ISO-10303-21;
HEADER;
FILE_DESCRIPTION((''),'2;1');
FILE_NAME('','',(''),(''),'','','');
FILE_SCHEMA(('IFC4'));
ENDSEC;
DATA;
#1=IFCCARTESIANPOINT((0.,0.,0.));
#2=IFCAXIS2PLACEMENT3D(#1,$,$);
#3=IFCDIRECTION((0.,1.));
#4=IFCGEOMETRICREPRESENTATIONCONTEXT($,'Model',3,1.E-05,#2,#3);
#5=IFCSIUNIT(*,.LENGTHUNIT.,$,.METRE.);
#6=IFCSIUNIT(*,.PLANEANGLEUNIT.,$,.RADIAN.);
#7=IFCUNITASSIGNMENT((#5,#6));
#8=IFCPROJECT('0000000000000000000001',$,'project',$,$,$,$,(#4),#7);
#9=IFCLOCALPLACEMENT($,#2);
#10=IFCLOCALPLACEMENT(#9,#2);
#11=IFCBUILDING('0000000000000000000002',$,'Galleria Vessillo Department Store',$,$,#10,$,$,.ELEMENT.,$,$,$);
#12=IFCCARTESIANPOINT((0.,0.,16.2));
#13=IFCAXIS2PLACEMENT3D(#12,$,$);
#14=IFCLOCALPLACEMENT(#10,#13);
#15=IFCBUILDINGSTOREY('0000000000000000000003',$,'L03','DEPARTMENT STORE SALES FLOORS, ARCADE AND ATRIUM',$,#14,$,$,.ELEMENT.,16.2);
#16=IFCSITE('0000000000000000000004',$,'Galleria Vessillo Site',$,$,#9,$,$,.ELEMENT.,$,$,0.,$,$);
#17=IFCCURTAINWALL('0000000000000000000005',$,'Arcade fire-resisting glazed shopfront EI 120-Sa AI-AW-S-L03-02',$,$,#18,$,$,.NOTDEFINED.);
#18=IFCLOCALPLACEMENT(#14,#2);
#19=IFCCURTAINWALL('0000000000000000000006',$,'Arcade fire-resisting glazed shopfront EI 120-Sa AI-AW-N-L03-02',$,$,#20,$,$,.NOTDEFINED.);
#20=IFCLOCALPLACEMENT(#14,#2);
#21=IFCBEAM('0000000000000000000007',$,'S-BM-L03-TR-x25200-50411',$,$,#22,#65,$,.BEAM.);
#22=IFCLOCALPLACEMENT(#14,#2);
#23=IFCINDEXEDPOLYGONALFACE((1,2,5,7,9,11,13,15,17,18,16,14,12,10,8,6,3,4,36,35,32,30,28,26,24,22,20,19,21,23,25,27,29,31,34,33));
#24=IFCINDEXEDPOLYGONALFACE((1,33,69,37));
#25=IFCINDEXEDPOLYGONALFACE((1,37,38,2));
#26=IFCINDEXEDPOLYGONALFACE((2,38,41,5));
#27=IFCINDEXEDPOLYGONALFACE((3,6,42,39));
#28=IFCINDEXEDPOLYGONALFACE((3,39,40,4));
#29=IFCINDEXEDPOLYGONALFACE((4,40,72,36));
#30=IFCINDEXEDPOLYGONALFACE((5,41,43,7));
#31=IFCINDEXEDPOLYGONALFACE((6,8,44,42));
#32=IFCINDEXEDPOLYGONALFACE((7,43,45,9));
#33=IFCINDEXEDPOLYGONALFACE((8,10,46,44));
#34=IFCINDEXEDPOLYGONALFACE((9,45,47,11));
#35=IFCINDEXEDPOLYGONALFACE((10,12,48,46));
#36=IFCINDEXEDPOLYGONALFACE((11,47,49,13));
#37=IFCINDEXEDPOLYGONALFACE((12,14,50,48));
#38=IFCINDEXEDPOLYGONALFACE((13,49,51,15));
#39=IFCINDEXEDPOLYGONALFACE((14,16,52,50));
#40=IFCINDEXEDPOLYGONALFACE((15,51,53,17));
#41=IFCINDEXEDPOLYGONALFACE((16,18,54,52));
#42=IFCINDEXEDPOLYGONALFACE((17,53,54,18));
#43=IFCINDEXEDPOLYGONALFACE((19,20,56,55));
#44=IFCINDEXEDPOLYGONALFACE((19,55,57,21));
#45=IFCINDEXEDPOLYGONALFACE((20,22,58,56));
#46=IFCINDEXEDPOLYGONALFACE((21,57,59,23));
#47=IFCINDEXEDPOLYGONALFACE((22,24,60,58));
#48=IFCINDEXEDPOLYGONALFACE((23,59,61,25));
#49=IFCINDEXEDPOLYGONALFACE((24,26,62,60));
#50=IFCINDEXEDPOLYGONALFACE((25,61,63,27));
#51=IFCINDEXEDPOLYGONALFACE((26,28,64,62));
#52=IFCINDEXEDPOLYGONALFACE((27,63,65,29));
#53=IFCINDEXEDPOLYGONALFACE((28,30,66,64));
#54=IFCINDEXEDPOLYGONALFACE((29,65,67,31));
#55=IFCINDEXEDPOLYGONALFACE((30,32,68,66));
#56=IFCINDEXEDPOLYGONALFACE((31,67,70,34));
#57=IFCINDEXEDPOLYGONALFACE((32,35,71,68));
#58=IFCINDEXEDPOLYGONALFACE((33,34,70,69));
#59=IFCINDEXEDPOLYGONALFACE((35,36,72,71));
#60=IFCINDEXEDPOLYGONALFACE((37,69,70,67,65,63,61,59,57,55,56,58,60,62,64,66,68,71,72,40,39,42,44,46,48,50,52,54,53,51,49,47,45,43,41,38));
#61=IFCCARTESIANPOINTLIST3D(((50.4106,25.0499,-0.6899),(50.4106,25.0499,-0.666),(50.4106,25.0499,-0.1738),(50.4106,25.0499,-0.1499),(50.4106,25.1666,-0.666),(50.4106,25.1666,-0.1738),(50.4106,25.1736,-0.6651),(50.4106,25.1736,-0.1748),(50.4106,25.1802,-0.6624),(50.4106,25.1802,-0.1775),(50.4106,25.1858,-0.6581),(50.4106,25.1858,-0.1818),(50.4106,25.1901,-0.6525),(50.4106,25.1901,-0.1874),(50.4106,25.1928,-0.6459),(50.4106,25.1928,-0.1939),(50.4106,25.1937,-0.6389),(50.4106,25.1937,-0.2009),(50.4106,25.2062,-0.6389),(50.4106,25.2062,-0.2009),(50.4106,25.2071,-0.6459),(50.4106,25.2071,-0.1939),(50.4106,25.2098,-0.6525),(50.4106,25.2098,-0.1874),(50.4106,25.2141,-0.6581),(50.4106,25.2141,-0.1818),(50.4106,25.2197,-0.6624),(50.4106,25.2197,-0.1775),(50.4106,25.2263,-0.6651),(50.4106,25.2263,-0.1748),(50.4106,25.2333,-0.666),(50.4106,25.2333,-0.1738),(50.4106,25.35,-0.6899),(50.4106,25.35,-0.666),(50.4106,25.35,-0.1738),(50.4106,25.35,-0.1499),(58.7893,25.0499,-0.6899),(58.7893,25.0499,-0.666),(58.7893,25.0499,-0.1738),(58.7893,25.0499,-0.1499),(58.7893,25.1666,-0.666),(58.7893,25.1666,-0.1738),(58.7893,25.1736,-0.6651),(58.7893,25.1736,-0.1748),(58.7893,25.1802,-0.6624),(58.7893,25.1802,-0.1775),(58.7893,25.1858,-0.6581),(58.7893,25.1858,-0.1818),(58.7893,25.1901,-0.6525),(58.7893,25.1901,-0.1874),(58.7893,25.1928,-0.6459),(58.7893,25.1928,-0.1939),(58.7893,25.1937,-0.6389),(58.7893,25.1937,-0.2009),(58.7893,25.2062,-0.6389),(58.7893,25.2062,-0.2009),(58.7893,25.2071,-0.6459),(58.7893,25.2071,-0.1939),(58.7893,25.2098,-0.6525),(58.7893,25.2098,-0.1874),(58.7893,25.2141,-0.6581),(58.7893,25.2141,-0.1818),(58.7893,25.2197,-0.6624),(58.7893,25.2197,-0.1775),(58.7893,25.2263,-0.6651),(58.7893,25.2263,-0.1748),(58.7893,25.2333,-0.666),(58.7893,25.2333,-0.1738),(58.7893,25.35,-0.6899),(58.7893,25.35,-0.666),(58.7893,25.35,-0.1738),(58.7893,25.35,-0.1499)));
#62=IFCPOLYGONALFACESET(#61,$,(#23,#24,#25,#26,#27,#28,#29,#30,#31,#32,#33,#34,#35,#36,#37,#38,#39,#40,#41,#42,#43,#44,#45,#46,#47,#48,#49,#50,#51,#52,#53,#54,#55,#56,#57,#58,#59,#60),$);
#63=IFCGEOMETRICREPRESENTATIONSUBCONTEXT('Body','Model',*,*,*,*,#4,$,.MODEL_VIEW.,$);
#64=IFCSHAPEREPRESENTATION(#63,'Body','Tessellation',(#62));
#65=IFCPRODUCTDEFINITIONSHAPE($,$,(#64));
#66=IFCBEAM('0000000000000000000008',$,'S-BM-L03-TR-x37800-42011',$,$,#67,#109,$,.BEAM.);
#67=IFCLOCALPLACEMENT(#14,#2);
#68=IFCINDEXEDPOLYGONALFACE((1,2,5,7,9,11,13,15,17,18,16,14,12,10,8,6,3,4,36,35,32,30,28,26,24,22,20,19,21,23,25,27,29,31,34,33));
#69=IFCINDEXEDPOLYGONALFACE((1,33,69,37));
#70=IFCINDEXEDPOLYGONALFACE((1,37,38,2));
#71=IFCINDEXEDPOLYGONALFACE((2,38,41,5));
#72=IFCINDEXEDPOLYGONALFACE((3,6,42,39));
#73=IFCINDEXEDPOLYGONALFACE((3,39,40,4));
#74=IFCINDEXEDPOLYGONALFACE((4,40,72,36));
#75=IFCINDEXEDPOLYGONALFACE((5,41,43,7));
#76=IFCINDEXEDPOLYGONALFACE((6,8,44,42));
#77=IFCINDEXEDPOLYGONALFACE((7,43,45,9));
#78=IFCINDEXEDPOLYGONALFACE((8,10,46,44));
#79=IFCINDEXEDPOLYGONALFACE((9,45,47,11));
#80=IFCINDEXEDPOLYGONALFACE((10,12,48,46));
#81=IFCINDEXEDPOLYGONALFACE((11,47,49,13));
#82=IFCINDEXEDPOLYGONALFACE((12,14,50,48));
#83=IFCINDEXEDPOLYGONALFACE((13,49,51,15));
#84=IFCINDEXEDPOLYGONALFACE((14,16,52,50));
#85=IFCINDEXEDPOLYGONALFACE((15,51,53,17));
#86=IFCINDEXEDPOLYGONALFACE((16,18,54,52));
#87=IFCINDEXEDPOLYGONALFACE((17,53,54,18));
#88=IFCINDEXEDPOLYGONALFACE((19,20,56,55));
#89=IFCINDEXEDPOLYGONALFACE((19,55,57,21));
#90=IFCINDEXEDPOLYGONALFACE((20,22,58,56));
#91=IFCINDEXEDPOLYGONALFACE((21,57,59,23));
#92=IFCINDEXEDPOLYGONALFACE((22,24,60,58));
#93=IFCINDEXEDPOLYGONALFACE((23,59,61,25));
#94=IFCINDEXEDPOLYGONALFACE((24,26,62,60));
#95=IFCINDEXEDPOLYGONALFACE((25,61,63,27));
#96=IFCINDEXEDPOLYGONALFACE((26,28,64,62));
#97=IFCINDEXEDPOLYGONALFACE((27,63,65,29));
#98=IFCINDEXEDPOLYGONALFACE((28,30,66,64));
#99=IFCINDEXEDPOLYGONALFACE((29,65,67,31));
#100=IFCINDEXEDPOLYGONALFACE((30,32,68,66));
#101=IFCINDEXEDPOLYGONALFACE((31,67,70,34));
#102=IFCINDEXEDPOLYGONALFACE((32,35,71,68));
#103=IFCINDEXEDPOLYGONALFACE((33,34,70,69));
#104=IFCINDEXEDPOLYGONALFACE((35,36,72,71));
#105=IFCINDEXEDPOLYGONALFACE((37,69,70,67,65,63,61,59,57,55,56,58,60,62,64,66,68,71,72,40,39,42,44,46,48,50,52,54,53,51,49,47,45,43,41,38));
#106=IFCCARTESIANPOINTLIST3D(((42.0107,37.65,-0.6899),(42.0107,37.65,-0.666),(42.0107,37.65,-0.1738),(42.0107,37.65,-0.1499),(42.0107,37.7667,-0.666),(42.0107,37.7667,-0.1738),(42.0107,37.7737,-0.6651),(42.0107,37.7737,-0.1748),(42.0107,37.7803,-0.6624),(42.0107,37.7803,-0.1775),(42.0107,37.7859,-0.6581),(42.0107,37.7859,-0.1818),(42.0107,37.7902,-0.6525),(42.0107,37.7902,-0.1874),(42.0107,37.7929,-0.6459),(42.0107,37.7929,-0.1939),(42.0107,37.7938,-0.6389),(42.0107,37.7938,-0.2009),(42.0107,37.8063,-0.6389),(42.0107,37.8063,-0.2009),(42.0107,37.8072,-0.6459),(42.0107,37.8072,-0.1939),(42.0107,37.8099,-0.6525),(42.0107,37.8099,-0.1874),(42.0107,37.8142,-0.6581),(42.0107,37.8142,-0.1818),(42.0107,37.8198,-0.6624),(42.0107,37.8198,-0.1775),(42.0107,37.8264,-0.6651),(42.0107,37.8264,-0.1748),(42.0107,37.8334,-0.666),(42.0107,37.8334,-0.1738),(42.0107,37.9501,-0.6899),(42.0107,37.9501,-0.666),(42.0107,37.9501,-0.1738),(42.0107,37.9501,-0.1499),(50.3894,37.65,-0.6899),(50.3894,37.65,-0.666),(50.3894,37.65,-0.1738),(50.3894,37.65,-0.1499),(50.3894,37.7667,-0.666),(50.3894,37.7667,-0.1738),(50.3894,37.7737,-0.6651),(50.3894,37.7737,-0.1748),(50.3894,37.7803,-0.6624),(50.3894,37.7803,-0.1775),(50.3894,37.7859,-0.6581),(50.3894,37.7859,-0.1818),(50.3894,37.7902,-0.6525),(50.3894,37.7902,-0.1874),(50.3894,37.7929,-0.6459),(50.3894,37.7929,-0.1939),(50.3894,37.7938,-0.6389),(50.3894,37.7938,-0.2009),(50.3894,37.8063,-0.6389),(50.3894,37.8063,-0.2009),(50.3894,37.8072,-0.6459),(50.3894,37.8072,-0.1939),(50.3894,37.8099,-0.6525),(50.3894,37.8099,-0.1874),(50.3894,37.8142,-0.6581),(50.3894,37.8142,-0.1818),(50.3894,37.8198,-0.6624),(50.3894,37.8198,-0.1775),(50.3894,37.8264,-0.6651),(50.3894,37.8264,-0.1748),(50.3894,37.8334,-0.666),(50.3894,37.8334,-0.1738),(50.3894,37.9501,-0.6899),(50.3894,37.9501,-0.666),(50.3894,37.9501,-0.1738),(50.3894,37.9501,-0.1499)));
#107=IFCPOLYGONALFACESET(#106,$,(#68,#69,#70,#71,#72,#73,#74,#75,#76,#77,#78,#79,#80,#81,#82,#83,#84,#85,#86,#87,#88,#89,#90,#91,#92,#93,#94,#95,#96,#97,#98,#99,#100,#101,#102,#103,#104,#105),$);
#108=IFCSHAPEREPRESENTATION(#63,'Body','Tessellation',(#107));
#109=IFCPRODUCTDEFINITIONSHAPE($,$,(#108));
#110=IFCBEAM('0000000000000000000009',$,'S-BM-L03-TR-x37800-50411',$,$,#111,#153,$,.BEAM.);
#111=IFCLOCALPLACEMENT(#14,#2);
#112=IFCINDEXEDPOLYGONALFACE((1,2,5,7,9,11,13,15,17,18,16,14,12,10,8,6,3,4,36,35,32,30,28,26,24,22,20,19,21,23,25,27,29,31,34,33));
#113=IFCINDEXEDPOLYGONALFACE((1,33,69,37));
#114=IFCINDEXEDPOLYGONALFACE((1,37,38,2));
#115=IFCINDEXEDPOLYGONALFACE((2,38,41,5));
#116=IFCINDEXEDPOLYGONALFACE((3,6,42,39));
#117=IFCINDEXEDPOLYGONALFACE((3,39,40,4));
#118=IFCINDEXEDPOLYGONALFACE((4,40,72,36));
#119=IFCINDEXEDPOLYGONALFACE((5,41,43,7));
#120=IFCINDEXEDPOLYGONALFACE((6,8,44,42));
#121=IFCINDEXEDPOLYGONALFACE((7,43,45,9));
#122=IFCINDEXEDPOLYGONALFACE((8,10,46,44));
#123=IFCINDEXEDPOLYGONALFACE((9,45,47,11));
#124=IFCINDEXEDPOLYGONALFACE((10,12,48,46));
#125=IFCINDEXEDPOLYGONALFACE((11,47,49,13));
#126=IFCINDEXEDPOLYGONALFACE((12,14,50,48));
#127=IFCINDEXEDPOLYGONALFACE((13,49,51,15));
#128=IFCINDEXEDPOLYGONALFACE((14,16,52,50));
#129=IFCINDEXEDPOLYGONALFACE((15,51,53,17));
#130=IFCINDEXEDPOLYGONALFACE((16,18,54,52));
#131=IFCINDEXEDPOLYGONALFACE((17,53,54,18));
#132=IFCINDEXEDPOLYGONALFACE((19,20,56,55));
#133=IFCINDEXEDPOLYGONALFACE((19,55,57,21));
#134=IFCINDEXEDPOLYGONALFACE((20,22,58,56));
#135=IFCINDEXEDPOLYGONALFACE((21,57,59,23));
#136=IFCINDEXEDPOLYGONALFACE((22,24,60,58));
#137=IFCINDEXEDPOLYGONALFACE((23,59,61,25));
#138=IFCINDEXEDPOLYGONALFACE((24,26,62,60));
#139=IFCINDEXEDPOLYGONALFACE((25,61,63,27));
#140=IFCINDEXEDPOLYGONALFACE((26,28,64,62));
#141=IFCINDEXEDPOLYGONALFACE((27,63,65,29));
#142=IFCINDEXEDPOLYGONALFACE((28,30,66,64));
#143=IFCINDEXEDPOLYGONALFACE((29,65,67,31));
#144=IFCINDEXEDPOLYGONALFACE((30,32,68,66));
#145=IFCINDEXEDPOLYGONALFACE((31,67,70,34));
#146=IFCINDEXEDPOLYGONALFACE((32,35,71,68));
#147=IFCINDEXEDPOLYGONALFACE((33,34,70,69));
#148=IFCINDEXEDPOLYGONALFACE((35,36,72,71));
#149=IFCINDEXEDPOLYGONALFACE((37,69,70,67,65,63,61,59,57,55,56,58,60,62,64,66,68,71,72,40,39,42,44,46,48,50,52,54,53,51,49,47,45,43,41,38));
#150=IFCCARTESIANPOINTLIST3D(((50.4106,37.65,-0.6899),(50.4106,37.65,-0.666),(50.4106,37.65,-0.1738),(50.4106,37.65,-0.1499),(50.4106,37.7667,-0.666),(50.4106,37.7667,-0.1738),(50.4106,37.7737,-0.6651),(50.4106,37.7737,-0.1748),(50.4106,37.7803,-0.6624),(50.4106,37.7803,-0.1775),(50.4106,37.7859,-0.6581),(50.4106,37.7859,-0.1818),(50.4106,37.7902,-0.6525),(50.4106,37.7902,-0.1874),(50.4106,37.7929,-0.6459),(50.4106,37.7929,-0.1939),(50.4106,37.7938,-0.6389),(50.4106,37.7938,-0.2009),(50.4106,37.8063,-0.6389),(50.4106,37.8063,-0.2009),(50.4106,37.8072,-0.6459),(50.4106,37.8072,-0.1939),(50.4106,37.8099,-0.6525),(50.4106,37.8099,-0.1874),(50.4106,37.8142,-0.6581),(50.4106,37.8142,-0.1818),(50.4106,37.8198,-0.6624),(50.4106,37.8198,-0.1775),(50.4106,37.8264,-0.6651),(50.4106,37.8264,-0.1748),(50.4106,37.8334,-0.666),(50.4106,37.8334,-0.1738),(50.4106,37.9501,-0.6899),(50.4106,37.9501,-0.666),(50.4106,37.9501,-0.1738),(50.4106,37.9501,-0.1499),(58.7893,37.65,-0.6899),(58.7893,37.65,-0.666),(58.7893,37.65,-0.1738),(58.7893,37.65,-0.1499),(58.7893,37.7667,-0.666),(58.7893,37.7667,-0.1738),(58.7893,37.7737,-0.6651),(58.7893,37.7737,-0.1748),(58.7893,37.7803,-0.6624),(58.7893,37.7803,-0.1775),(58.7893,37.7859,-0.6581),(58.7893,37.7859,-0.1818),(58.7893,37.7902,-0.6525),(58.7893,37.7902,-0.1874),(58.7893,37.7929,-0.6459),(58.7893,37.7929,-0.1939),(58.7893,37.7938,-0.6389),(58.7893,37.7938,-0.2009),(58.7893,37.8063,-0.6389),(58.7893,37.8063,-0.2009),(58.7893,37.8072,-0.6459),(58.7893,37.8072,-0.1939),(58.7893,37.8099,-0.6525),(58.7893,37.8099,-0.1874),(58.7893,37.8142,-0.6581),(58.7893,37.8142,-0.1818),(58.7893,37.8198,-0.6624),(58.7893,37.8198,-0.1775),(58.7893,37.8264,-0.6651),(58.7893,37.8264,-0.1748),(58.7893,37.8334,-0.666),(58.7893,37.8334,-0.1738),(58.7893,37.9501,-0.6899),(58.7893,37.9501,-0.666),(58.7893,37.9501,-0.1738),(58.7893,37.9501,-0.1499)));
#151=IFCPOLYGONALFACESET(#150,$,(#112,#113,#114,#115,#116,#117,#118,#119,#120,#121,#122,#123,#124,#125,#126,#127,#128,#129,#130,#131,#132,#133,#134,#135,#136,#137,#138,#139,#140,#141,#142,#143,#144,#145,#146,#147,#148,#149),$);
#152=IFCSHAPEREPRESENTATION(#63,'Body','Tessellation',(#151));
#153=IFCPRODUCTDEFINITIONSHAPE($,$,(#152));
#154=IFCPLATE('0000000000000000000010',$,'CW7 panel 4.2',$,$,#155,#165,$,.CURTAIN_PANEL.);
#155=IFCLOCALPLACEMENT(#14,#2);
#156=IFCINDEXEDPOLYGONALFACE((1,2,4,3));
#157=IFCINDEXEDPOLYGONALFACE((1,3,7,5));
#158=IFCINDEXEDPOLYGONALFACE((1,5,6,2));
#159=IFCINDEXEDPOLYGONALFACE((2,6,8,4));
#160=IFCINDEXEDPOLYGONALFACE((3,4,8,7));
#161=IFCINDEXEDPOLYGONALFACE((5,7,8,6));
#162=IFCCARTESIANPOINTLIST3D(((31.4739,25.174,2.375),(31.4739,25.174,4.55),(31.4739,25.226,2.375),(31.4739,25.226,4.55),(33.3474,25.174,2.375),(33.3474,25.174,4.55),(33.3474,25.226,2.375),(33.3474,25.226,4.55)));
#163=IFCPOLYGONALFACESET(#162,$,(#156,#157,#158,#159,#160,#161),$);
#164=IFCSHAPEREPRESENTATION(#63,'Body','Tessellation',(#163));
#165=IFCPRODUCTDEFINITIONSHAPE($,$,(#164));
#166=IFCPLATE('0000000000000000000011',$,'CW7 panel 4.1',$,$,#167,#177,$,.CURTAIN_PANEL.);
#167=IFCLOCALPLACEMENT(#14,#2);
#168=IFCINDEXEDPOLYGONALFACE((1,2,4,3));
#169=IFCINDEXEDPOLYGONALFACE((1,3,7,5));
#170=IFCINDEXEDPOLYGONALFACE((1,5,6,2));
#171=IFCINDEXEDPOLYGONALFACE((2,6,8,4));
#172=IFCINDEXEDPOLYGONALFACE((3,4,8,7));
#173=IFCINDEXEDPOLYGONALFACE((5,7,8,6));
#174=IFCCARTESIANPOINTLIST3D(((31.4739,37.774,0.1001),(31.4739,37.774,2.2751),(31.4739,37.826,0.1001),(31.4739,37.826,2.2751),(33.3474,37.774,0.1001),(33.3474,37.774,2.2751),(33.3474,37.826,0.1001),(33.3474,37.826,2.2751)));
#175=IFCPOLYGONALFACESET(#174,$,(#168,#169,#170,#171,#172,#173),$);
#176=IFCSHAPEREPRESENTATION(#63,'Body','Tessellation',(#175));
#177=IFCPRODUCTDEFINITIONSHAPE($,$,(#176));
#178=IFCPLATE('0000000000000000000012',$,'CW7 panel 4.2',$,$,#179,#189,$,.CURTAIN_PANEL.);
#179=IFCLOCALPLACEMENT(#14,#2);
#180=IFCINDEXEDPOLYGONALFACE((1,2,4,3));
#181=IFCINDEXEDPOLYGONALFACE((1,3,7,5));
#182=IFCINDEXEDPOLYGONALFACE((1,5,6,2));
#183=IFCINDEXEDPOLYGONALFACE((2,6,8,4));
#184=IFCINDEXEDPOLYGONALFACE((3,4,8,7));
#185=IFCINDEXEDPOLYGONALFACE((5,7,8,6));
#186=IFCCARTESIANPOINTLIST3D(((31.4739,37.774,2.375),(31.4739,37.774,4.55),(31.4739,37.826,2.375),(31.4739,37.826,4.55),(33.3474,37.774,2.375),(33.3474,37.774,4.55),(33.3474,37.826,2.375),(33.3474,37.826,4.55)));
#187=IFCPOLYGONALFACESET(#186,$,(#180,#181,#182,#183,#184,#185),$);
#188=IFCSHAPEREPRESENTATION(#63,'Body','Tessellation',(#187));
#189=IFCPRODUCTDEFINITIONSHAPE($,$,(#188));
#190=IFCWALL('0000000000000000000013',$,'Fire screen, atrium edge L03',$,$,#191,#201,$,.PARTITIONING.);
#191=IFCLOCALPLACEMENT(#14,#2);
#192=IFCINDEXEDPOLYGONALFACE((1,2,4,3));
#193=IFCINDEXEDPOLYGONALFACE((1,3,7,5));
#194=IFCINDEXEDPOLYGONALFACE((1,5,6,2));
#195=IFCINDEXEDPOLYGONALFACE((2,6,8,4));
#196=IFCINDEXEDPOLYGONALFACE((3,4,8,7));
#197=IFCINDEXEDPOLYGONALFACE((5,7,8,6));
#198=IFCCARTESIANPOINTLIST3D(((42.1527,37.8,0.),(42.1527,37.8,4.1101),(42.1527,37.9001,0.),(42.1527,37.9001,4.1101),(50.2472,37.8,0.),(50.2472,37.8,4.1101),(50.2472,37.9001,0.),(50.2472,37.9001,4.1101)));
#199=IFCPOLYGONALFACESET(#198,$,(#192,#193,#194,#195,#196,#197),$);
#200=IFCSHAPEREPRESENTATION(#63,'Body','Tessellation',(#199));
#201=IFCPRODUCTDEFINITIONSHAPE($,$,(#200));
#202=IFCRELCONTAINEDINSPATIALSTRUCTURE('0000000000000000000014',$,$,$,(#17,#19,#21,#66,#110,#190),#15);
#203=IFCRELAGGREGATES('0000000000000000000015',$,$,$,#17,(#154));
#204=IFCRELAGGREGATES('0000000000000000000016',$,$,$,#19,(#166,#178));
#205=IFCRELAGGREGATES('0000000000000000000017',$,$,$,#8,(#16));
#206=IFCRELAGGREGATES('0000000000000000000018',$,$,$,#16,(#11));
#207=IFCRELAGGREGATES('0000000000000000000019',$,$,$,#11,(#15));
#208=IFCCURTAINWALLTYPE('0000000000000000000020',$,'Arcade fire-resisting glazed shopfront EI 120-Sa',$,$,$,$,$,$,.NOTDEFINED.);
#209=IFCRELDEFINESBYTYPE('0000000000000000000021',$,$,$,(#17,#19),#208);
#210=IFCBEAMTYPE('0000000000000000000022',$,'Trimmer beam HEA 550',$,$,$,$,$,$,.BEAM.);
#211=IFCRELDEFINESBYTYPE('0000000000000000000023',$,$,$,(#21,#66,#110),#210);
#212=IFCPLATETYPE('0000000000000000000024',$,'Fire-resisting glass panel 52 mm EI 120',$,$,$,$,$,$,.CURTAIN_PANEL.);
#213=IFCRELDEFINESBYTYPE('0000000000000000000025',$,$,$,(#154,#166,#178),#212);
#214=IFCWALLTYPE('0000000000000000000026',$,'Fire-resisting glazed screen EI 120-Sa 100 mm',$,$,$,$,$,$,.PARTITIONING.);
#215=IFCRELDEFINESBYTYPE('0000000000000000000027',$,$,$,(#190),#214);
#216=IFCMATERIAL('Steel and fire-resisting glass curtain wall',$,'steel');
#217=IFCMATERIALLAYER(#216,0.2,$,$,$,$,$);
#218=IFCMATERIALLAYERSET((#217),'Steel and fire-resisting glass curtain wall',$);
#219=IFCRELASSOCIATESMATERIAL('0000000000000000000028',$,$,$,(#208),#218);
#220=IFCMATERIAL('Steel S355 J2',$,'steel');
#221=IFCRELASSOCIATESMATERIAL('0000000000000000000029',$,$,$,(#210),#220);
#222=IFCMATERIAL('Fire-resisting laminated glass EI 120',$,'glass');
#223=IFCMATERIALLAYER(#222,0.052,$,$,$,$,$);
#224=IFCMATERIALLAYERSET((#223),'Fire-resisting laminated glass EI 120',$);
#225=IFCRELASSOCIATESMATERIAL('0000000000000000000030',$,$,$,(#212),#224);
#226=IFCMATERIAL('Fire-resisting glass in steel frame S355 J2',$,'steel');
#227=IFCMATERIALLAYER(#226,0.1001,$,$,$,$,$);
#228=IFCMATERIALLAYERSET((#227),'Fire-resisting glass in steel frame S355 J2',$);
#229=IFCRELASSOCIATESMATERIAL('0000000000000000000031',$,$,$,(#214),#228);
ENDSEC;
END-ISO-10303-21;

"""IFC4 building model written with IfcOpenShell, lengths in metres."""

from ifc_helpers import new_model, si_unit, direction, frame, frame_2d, origin, origin_2d, place, context, subcontext, project, spatial, rectangle, i_section, extrude, material, layer, layer_set, material_profile, profile_set, type_object, element, aggregate, save


model = new_model("IFC4")

# Units and contexts
model_context = context("Model", 3, precision=1e-05, world=origin(), true_north=direction((0.0, 1.0)))
body_context = subcontext(model_context, "Body", "Model", "MODEL_VIEW")
ifc_project = project(units=[si_unit("LENGTHUNIT", "METRE"), si_unit("PLANEANGLEUNIT", "RADIAN")], contexts=[model_context])

# Site, building, storey
site_placement = place(None, origin())
site = spatial("IfcSite", under=ifc_project, at=site_placement, Name="Galleria Vessillo Site", CompositionType="ELEMENT", RefElevation=0.0)
building_placement = place(site_placement, origin())
building = spatial("IfcBuilding", under=site, at=building_placement, Name="Galleria Vessillo Department Store", CompositionType="ELEMENT")
storey_placement = place(building_placement, frame((0.0, 0.0, 16.2)))
storey = spatial("IfcBuildingStorey", under=building, at=storey_placement, Name="L03", Description="DEPARTMENT STORE SALES FLOORS, ARCADE AND ATRIUM", CompositionType="ELEMENT", Elevation=16.2)

# Curtain walls
ifc_material_1 = material(Name="Steel and fire-resisting glass curtain wall", Category="steel")
ifc_layer_1 = layer(ifc_material_1, 0.2)
ifc_layer_set_1 = layer_set([ifc_layer_1], Name="Steel and fire-resisting glass curtain wall")
curtain_wall_type = type_object("IfcCurtainWallType", Name="Arcade fire-resisting glazed shopfront EI 120-Sa", PredefinedType="NOTDEFINED", material=ifc_layer_set_1)
curtain_wall_1_placement = place(storey_placement, origin())
curtain_wall_1 = element("IfcCurtainWall", 1, at=curtain_wall_1_placement, inside=storey, type_object=curtain_wall_type, Name="Arcade fire-resisting glazed shopfront EI 120-Sa AI-AW-S-L03-02", PredefinedType="NOTDEFINED")
curtain_wall_2_placement = place(storey_placement, origin())
curtain_wall_2 = element("IfcCurtainWall", 2, at=curtain_wall_2_placement, inside=storey, type_object=curtain_wall_type, Name="Arcade fire-resisting glazed shopfront EI 120-Sa AI-AW-N-L03-02", PredefinedType="NOTDEFINED")

# Beams
ifc_material_2 = material(Name="Steel S355 J2", Category="steel")
ifc_material_profile_1 = material_profile(ifc_material_2, i_section(OverallWidth=0.3, OverallDepth=0.54, WebThickness=0.0125, FlangeThickness=0.0239, FilletRadius=0.0271, at=origin_2d()), Name="HEA 550")
ifc_profile_set_1 = profile_set([ifc_material_profile_1], Name="Steel S355 J2")
beam_type_1 = type_object("IfcBeamType", Name="Trimmer beam HEA 550", PredefinedType="BEAM", material=ifc_profile_set_1)
for number, where, z_axis, x_axis, name in (
    (3, (50.4106, 25.2, -0.4199), (1.0, 0.0, 0.0), (0.0, 1.0, 0.0), "S-BM-L03-TR-x25200-50411"),
    (4, (42.0107, 37.8, -0.4199), (1.0, 0.0, 0.0), (0.0, 1.0, 0.0), "S-BM-L03-TR-x37800-42011"),
    (5, (50.4106, 37.8, -0.4199), (1.0, 0.0, 0.0), (0.0, 1.0, 0.0), "S-BM-L03-TR-x37800-50411"),
):
    element("IfcBeam", number, at=place(storey_placement, frame(where, z_axis=z_axis, x_axis=x_axis)), inside=storey, type_object=beam_type_1, Name=name, PredefinedType="BEAM", context=body_context, shape_type="SweptSolid", body=[
        extrude(i_section(OverallWidth=0.3, OverallDepth=0.54, WebThickness=0.0125, FlangeThickness=0.0239, FilletRadius=0.0271, at=origin_2d()), origin(), (0.0, 0.0, 1.0), 8.3787),
    ])

# Plates
ifc_material_3 = material(Name="Fire-resisting laminated glass EI 120", Category="glass")
ifc_layer_2 = layer(ifc_material_3, 0.052)
ifc_layer_set_2 = layer_set([ifc_layer_2], Name="Fire-resisting laminated glass EI 120")
plate_type = type_object("IfcPlateType", Name="Fire-resisting glass panel 52 mm EI 120", PredefinedType="CURTAIN_PANEL", material=ifc_layer_set_2)
plate_1_placement = place(storey_placement, frame((32.4106, 25.2, 2.375), z_axis=(0.0, 0.0, 1.0), x_axis=(1.0, 0.0, 0.0)))
plate_1 = element("IfcPlate", 6, at=plate_1_placement, type_object=plate_type, Name="CW7 panel 4.2", PredefinedType="CURTAIN_PANEL", context=body_context, shape_type="SweptSolid", body=[
    extrude(rectangle(XDim=1.8735, YDim=0.052, at=origin_2d()), origin(), (0.0, 0.0, 1.0), 2.175),
])
aggregate(curtain_wall_1, [plate_1])
plate_2_placement = place(storey_placement, frame((32.4106, 37.8, 0.1001), z_axis=(0.0, 0.0, 1.0), x_axis=(1.0, 0.0, 0.0)))
plate_2 = element("IfcPlate", 7, at=plate_2_placement, type_object=plate_type, Name="CW7 panel 4.1", PredefinedType="CURTAIN_PANEL", context=body_context, shape_type="SweptSolid", body=[
    extrude(rectangle(XDim=1.8735, YDim=0.052, at=origin_2d()), origin(), (0.0, 0.0, 1.0), 2.175),
])
plate_3_placement = place(storey_placement, frame((32.4106, 37.8, 2.375), z_axis=(0.0, 0.0, 1.0), x_axis=(1.0, 0.0, 0.0)))
plate_3 = element("IfcPlate", 8, at=plate_3_placement, type_object=plate_type, Name="CW7 panel 4.2", PredefinedType="CURTAIN_PANEL", context=body_context, shape_type="SweptSolid", body=[
    extrude(rectangle(XDim=1.8735, YDim=0.052, at=origin_2d()), origin(), (0.0, 0.0, 1.0), 2.175),
])
aggregate(curtain_wall_2, [plate_2, plate_3])

# Wall
ifc_material_4 = material(Name="Fire-resisting glass in steel frame S355 J2", Category="steel")
ifc_layer_3 = layer(ifc_material_4, 0.1001)
ifc_layer_set_3 = layer_set([ifc_layer_3], Name="Fire-resisting glass in steel frame S355 J2")
wall_type_1 = type_object("IfcWallType", Name="Fire-resisting glazed screen EI 120-Sa 100 mm", PredefinedType="PARTITIONING", material=ifc_layer_set_3)
wall_1_placement = place(storey_placement, frame((42.1526, 37.8501, 0.0), z_axis=(0.0, 0.0, 1.0), x_axis=(1.0, 0.0, 0.0)))
element("IfcWall", 9, at=wall_1_placement, inside=storey, type_object=wall_type_1, Name="Fire screen, atrium edge L03", PredefinedType="PARTITIONING", context=body_context, shape_type="SweptSolid", body=[
    extrude(rectangle(XDim=8.0945, YDim=0.1001, at=frame_2d((4.0474, 0.0))), origin(), (0.0, 0.0, 1.0), 4.1101),
])

save(model, "model.ifc")
